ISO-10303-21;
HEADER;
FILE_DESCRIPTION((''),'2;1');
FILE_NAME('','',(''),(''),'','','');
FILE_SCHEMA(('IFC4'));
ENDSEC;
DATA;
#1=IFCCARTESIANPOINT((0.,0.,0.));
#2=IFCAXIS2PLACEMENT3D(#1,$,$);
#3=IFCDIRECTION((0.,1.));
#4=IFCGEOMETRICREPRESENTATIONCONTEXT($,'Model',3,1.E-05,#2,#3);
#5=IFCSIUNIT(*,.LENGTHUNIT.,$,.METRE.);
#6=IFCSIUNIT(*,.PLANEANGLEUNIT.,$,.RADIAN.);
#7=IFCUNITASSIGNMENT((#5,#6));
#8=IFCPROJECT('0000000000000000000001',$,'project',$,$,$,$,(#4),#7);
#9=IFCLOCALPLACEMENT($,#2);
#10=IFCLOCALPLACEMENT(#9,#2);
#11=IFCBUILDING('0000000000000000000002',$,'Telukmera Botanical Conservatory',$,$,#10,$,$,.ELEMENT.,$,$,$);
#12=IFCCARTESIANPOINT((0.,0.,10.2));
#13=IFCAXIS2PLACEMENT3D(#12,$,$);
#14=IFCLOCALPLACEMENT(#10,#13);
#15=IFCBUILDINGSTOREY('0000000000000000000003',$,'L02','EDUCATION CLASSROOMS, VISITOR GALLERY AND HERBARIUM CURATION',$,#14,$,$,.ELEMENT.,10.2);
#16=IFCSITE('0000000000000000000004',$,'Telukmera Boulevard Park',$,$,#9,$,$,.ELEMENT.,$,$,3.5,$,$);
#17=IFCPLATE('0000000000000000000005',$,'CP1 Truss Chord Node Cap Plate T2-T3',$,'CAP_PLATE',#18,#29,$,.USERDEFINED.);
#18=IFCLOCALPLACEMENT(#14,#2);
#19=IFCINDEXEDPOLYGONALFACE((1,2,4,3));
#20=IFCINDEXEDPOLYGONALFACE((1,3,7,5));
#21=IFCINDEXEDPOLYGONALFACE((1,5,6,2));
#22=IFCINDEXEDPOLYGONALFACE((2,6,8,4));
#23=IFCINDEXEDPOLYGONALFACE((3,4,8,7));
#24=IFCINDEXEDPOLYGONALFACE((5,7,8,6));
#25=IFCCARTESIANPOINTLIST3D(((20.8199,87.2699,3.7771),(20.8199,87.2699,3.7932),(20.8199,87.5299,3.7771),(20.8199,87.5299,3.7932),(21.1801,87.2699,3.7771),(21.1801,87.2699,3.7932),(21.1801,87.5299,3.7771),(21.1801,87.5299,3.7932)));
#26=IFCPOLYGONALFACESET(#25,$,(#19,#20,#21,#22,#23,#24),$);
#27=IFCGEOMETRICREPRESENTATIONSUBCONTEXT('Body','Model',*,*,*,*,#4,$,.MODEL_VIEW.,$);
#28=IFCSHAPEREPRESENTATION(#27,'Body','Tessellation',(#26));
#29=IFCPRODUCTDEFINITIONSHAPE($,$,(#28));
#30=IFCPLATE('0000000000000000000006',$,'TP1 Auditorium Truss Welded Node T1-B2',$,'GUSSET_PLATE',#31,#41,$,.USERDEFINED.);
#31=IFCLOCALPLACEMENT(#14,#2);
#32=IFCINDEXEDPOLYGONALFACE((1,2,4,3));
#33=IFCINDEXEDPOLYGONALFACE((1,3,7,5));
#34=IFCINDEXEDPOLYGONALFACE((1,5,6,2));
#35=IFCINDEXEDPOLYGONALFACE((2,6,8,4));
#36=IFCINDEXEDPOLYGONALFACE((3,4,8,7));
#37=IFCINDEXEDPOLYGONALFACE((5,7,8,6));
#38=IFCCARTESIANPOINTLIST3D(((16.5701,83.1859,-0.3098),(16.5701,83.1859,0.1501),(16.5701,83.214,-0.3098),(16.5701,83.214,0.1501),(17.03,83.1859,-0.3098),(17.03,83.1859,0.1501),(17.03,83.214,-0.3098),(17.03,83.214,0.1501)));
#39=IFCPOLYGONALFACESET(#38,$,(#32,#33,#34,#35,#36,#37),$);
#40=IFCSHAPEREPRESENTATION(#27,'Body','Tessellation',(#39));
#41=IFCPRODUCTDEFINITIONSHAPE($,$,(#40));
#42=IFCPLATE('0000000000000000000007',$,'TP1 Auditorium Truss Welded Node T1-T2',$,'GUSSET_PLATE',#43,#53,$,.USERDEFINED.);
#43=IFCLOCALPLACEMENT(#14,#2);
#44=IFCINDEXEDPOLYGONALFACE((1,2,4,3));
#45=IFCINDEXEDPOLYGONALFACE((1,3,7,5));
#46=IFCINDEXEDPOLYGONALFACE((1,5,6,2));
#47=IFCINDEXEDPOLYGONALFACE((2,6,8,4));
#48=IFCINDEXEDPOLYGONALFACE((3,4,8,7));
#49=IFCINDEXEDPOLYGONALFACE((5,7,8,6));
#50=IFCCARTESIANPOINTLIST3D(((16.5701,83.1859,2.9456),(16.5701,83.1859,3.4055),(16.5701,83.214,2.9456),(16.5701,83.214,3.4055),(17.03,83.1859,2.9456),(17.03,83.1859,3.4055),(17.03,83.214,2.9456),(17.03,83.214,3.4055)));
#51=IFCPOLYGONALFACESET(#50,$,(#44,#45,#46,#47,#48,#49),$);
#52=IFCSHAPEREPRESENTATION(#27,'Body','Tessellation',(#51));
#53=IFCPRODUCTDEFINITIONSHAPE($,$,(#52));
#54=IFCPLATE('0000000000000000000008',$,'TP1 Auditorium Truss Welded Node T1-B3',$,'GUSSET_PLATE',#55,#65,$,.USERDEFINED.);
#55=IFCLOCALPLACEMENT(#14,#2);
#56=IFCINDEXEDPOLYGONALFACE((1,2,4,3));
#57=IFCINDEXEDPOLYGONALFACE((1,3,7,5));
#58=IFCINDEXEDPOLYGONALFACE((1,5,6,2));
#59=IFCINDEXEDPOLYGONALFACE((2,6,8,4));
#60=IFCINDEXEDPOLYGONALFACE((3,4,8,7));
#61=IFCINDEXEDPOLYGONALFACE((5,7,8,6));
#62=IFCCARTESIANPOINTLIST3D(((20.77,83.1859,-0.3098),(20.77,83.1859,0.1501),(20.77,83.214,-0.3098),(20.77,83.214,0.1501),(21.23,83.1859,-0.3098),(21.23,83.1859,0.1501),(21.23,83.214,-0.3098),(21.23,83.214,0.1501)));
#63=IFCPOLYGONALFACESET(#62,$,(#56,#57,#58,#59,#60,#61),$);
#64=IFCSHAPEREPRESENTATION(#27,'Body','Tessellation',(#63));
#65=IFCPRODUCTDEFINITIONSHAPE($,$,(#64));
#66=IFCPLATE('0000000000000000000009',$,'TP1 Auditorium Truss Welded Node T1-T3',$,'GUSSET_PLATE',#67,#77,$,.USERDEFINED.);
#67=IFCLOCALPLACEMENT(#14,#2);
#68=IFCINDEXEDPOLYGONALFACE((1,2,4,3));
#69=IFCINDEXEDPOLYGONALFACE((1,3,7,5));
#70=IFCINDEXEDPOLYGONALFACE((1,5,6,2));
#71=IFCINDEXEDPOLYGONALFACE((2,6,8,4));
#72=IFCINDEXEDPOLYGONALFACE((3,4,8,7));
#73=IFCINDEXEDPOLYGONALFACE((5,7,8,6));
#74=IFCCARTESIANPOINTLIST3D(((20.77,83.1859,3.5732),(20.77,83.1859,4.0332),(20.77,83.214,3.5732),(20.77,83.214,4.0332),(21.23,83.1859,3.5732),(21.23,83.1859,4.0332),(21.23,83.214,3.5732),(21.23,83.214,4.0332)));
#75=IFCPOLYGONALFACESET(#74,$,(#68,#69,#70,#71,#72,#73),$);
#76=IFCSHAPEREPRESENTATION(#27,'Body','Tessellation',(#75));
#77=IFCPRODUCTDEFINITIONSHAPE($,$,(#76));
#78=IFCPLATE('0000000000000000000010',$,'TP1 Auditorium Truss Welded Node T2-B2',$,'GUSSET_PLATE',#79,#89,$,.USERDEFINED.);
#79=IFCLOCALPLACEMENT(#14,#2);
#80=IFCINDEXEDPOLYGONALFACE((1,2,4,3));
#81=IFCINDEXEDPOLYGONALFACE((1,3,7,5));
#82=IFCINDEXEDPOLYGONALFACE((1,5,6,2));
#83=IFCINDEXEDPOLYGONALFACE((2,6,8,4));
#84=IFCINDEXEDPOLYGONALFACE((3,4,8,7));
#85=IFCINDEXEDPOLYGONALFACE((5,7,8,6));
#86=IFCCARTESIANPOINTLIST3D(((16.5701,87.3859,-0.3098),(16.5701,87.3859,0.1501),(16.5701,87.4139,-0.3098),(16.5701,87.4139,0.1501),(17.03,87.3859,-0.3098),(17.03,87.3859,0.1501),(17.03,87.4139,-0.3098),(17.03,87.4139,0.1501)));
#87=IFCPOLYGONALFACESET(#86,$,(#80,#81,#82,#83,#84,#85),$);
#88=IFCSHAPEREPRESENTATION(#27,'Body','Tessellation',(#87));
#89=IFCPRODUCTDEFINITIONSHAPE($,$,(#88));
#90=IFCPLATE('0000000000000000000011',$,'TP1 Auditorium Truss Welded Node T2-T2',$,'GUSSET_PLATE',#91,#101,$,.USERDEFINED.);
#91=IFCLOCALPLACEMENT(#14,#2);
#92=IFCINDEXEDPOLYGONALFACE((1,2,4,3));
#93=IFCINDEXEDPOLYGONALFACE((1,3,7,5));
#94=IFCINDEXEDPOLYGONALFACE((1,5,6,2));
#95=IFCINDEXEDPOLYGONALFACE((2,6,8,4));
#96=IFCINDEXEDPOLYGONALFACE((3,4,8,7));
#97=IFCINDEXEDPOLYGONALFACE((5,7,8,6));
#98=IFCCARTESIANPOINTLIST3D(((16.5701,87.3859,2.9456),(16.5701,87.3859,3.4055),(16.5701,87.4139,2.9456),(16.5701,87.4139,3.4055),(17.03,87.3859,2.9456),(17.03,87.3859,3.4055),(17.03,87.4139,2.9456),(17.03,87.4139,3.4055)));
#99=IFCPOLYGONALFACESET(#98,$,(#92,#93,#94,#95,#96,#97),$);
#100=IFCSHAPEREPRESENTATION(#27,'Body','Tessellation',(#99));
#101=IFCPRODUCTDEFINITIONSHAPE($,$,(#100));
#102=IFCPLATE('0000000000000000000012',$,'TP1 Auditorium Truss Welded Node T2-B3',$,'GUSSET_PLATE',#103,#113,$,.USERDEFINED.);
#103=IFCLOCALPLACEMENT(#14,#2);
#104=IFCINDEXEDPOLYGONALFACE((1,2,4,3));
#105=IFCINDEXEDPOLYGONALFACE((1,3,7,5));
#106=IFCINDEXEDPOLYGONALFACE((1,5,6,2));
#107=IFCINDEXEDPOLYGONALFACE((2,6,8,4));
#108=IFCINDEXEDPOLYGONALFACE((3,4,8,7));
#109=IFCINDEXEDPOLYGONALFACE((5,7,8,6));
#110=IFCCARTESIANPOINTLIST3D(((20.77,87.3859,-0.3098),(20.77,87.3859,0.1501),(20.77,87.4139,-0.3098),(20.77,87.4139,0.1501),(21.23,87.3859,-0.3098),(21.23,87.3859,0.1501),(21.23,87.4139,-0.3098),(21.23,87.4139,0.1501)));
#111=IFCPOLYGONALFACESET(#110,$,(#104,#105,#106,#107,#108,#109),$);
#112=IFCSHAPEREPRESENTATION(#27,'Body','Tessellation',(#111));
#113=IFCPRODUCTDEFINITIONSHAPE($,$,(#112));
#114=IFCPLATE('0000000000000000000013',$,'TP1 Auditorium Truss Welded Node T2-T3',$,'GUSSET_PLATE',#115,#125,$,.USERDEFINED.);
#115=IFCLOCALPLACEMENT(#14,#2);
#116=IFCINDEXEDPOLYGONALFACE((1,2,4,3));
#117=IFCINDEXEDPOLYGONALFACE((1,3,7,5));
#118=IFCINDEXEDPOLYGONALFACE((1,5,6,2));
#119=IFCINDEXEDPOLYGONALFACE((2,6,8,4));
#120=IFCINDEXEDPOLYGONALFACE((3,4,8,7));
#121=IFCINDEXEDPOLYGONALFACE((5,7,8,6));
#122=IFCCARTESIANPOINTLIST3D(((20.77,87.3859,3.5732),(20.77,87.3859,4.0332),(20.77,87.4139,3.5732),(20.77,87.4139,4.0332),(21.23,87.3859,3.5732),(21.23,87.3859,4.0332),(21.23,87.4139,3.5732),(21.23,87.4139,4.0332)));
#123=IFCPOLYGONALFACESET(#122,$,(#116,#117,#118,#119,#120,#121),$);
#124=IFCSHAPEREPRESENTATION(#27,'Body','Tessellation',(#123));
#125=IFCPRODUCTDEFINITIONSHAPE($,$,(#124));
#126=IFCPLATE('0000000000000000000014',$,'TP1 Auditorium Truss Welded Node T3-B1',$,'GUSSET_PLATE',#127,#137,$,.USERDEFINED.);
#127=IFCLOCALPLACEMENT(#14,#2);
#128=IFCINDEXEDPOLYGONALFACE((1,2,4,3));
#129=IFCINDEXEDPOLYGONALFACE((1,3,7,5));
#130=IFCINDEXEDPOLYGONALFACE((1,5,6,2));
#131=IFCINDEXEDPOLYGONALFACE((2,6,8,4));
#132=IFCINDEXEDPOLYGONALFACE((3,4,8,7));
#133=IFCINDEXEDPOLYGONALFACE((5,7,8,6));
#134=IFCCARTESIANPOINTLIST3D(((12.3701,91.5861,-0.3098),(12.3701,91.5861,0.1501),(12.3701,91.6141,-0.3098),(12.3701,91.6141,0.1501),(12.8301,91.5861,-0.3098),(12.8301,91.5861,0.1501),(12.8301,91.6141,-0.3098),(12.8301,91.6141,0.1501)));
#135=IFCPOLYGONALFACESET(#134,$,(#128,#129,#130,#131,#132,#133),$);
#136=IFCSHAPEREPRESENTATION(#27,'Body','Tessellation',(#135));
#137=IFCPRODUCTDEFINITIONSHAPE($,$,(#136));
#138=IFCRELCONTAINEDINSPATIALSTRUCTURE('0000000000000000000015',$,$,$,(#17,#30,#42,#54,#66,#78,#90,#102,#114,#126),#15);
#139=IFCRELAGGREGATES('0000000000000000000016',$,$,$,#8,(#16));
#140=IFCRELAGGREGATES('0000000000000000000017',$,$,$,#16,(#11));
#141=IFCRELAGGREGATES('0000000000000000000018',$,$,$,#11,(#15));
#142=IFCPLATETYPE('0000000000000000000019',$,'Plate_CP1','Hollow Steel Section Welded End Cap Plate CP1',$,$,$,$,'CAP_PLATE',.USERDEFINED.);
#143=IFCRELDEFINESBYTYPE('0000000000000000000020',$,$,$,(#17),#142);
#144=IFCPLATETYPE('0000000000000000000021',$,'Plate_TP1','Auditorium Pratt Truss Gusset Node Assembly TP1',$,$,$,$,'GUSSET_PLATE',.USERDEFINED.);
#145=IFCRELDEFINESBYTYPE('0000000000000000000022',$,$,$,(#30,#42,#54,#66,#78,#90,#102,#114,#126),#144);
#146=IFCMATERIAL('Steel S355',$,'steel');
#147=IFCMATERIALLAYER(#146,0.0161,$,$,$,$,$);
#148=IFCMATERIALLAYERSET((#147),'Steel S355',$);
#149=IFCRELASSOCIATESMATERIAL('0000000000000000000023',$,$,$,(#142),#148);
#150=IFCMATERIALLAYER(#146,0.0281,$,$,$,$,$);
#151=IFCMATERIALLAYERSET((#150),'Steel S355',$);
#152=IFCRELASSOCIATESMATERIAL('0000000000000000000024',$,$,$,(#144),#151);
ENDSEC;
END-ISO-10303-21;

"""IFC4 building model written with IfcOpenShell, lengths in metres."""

from ifc_helpers import new_model, si_unit, direction, frame, origin, origin_2d, place, context, subcontext, project, spatial, rectangle, extrude, material, layer, layer_set, type_object, element, save


model = new_model("IFC4")

# Units and contexts
model_context = context("Model", 3, precision=1e-05, world=origin(), true_north=direction((0.0, 1.0)))
body_context = subcontext(model_context, "Body", "Model", "MODEL_VIEW")
ifc_project = project(units=[si_unit("LENGTHUNIT", "METRE"), si_unit("PLANEANGLEUNIT", "RADIAN")], contexts=[model_context])

# Site, building, storey
site_placement = place(None, origin())
site = spatial("IfcSite", under=ifc_project, at=site_placement, Name="Telukmera Boulevard Park", CompositionType="ELEMENT", RefElevation=3.5)
building_placement = place(site_placement, origin())
building = spatial("IfcBuilding", under=site, at=building_placement, Name="Telukmera Botanical Conservatory", CompositionType="ELEMENT")
storey_placement = place(building_placement, frame((0.0, 0.0, 10.2)))
storey = spatial("IfcBuildingStorey", under=building, at=storey_placement, Name="L02", Description="EDUCATION CLASSROOMS, VISITOR GALLERY AND HERBARIUM CURATION", CompositionType="ELEMENT", Elevation=10.2)

# Shared definitions
ifc_material_1 = material(Name="Steel S355", Category="steel")

# Plates
ifc_layer_1 = layer(ifc_material_1, 0.0161)
ifc_layer_set_1 = layer_set([ifc_layer_1], Name="Steel S355")
plate_type_1 = type_object("IfcPlateType", Name="Plate_CP1", Description="Hollow Steel Section Welded End Cap Plate CP1", ElementType="CAP_PLATE", PredefinedType="USERDEFINED", material=ifc_layer_set_1)
for number, where, z_axis, x_axis, name in (
    (1, (21.0, 87.3999, 3.7771), (0.0, 0.0, 1.0), (1.0, 0.0, 0.0), "CP1 Truss Chord Node Cap Plate T2-T3"),
):
    element("IfcPlate", number, at=place(storey_placement, frame(where, z_axis=z_axis, x_axis=x_axis)), inside=storey, type_object=plate_type_1, Name=name, ObjectType="CAP_PLATE", PredefinedType="USERDEFINED", context=body_context, shape_type="SweptSolid", body=[
        extrude(rectangle(XDim=0.3601, YDim=0.26, at=origin_2d()), origin(), (0.0, 0.0, 1.0), 0.0161),
    ])
ifc_layer_2 = layer(ifc_material_1, 0.0281)
ifc_layer_set_2 = layer_set([ifc_layer_2], Name="Steel S355")
plate_type_2 = type_object("IfcPlateType", Name="Plate_TP1", Description="Auditorium Pratt Truss Gusset Node Assembly TP1", ElementType="GUSSET_PLATE", PredefinedType="USERDEFINED", material=ifc_layer_set_2)
for number, where, z_axis, x_axis, name in (
    (2, (16.8, 83.2, -0.3098), (0.0, 0.0, 1.0), (1.0, 0.0, 0.0), "TP1 Auditorium Truss Welded Node T1-B2"),
    (3, (16.8, 83.2, 2.9456), (0.0, 0.0, 1.0), (1.0, 0.0, 0.0), "TP1 Auditorium Truss Welded Node T1-T2"),
    (4, (21.0, 83.2, -0.3098), (0.0, 0.0, 1.0), (1.0, 0.0, 0.0), "TP1 Auditorium Truss Welded Node T1-B3"),
    (5, (21.0, 83.2, 3.5732), (0.0, 0.0, 1.0), (1.0, 0.0, 0.0), "TP1 Auditorium Truss Welded Node T1-T3"),
    (6, (16.8, 87.3999, -0.3098), (0.0, 0.0, 1.0), (1.0, 0.0, 0.0), "TP1 Auditorium Truss Welded Node T2-B2"),
    (7, (16.8, 87.3999, 2.9456), (0.0, 0.0, 1.0), (1.0, 0.0, 0.0), "TP1 Auditorium Truss Welded Node T2-T2"),
    (8, (21.0, 87.3999, -0.3098), (0.0, 0.0, 1.0), (1.0, 0.0, 0.0), "TP1 Auditorium Truss Welded Node T2-B3"),
    (9, (21.0, 87.3999, 3.5732), (0.0, 0.0, 1.0), (1.0, 0.0, 0.0), "TP1 Auditorium Truss Welded Node T2-T3"),
    (10, (12.6001, 91.6001, -0.3098), (0.0, 0.0, 1.0), (1.0, 0.0, 0.0), "TP1 Auditorium Truss Welded Node T3-B1"),
):
    element("IfcPlate", number, at=place(storey_placement, frame(where, z_axis=z_axis, x_axis=x_axis)), inside=storey, type_object=plate_type_2, Name=name, ObjectType="GUSSET_PLATE", PredefinedType="USERDEFINED", context=body_context, shape_type="SweptSolid", body=[
        extrude(rectangle(XDim=0.46, YDim=0.0281, at=origin_2d()), origin(), (0.0, 0.0, 1.0), 0.46),
    ])

save(model, "model.ifc")
